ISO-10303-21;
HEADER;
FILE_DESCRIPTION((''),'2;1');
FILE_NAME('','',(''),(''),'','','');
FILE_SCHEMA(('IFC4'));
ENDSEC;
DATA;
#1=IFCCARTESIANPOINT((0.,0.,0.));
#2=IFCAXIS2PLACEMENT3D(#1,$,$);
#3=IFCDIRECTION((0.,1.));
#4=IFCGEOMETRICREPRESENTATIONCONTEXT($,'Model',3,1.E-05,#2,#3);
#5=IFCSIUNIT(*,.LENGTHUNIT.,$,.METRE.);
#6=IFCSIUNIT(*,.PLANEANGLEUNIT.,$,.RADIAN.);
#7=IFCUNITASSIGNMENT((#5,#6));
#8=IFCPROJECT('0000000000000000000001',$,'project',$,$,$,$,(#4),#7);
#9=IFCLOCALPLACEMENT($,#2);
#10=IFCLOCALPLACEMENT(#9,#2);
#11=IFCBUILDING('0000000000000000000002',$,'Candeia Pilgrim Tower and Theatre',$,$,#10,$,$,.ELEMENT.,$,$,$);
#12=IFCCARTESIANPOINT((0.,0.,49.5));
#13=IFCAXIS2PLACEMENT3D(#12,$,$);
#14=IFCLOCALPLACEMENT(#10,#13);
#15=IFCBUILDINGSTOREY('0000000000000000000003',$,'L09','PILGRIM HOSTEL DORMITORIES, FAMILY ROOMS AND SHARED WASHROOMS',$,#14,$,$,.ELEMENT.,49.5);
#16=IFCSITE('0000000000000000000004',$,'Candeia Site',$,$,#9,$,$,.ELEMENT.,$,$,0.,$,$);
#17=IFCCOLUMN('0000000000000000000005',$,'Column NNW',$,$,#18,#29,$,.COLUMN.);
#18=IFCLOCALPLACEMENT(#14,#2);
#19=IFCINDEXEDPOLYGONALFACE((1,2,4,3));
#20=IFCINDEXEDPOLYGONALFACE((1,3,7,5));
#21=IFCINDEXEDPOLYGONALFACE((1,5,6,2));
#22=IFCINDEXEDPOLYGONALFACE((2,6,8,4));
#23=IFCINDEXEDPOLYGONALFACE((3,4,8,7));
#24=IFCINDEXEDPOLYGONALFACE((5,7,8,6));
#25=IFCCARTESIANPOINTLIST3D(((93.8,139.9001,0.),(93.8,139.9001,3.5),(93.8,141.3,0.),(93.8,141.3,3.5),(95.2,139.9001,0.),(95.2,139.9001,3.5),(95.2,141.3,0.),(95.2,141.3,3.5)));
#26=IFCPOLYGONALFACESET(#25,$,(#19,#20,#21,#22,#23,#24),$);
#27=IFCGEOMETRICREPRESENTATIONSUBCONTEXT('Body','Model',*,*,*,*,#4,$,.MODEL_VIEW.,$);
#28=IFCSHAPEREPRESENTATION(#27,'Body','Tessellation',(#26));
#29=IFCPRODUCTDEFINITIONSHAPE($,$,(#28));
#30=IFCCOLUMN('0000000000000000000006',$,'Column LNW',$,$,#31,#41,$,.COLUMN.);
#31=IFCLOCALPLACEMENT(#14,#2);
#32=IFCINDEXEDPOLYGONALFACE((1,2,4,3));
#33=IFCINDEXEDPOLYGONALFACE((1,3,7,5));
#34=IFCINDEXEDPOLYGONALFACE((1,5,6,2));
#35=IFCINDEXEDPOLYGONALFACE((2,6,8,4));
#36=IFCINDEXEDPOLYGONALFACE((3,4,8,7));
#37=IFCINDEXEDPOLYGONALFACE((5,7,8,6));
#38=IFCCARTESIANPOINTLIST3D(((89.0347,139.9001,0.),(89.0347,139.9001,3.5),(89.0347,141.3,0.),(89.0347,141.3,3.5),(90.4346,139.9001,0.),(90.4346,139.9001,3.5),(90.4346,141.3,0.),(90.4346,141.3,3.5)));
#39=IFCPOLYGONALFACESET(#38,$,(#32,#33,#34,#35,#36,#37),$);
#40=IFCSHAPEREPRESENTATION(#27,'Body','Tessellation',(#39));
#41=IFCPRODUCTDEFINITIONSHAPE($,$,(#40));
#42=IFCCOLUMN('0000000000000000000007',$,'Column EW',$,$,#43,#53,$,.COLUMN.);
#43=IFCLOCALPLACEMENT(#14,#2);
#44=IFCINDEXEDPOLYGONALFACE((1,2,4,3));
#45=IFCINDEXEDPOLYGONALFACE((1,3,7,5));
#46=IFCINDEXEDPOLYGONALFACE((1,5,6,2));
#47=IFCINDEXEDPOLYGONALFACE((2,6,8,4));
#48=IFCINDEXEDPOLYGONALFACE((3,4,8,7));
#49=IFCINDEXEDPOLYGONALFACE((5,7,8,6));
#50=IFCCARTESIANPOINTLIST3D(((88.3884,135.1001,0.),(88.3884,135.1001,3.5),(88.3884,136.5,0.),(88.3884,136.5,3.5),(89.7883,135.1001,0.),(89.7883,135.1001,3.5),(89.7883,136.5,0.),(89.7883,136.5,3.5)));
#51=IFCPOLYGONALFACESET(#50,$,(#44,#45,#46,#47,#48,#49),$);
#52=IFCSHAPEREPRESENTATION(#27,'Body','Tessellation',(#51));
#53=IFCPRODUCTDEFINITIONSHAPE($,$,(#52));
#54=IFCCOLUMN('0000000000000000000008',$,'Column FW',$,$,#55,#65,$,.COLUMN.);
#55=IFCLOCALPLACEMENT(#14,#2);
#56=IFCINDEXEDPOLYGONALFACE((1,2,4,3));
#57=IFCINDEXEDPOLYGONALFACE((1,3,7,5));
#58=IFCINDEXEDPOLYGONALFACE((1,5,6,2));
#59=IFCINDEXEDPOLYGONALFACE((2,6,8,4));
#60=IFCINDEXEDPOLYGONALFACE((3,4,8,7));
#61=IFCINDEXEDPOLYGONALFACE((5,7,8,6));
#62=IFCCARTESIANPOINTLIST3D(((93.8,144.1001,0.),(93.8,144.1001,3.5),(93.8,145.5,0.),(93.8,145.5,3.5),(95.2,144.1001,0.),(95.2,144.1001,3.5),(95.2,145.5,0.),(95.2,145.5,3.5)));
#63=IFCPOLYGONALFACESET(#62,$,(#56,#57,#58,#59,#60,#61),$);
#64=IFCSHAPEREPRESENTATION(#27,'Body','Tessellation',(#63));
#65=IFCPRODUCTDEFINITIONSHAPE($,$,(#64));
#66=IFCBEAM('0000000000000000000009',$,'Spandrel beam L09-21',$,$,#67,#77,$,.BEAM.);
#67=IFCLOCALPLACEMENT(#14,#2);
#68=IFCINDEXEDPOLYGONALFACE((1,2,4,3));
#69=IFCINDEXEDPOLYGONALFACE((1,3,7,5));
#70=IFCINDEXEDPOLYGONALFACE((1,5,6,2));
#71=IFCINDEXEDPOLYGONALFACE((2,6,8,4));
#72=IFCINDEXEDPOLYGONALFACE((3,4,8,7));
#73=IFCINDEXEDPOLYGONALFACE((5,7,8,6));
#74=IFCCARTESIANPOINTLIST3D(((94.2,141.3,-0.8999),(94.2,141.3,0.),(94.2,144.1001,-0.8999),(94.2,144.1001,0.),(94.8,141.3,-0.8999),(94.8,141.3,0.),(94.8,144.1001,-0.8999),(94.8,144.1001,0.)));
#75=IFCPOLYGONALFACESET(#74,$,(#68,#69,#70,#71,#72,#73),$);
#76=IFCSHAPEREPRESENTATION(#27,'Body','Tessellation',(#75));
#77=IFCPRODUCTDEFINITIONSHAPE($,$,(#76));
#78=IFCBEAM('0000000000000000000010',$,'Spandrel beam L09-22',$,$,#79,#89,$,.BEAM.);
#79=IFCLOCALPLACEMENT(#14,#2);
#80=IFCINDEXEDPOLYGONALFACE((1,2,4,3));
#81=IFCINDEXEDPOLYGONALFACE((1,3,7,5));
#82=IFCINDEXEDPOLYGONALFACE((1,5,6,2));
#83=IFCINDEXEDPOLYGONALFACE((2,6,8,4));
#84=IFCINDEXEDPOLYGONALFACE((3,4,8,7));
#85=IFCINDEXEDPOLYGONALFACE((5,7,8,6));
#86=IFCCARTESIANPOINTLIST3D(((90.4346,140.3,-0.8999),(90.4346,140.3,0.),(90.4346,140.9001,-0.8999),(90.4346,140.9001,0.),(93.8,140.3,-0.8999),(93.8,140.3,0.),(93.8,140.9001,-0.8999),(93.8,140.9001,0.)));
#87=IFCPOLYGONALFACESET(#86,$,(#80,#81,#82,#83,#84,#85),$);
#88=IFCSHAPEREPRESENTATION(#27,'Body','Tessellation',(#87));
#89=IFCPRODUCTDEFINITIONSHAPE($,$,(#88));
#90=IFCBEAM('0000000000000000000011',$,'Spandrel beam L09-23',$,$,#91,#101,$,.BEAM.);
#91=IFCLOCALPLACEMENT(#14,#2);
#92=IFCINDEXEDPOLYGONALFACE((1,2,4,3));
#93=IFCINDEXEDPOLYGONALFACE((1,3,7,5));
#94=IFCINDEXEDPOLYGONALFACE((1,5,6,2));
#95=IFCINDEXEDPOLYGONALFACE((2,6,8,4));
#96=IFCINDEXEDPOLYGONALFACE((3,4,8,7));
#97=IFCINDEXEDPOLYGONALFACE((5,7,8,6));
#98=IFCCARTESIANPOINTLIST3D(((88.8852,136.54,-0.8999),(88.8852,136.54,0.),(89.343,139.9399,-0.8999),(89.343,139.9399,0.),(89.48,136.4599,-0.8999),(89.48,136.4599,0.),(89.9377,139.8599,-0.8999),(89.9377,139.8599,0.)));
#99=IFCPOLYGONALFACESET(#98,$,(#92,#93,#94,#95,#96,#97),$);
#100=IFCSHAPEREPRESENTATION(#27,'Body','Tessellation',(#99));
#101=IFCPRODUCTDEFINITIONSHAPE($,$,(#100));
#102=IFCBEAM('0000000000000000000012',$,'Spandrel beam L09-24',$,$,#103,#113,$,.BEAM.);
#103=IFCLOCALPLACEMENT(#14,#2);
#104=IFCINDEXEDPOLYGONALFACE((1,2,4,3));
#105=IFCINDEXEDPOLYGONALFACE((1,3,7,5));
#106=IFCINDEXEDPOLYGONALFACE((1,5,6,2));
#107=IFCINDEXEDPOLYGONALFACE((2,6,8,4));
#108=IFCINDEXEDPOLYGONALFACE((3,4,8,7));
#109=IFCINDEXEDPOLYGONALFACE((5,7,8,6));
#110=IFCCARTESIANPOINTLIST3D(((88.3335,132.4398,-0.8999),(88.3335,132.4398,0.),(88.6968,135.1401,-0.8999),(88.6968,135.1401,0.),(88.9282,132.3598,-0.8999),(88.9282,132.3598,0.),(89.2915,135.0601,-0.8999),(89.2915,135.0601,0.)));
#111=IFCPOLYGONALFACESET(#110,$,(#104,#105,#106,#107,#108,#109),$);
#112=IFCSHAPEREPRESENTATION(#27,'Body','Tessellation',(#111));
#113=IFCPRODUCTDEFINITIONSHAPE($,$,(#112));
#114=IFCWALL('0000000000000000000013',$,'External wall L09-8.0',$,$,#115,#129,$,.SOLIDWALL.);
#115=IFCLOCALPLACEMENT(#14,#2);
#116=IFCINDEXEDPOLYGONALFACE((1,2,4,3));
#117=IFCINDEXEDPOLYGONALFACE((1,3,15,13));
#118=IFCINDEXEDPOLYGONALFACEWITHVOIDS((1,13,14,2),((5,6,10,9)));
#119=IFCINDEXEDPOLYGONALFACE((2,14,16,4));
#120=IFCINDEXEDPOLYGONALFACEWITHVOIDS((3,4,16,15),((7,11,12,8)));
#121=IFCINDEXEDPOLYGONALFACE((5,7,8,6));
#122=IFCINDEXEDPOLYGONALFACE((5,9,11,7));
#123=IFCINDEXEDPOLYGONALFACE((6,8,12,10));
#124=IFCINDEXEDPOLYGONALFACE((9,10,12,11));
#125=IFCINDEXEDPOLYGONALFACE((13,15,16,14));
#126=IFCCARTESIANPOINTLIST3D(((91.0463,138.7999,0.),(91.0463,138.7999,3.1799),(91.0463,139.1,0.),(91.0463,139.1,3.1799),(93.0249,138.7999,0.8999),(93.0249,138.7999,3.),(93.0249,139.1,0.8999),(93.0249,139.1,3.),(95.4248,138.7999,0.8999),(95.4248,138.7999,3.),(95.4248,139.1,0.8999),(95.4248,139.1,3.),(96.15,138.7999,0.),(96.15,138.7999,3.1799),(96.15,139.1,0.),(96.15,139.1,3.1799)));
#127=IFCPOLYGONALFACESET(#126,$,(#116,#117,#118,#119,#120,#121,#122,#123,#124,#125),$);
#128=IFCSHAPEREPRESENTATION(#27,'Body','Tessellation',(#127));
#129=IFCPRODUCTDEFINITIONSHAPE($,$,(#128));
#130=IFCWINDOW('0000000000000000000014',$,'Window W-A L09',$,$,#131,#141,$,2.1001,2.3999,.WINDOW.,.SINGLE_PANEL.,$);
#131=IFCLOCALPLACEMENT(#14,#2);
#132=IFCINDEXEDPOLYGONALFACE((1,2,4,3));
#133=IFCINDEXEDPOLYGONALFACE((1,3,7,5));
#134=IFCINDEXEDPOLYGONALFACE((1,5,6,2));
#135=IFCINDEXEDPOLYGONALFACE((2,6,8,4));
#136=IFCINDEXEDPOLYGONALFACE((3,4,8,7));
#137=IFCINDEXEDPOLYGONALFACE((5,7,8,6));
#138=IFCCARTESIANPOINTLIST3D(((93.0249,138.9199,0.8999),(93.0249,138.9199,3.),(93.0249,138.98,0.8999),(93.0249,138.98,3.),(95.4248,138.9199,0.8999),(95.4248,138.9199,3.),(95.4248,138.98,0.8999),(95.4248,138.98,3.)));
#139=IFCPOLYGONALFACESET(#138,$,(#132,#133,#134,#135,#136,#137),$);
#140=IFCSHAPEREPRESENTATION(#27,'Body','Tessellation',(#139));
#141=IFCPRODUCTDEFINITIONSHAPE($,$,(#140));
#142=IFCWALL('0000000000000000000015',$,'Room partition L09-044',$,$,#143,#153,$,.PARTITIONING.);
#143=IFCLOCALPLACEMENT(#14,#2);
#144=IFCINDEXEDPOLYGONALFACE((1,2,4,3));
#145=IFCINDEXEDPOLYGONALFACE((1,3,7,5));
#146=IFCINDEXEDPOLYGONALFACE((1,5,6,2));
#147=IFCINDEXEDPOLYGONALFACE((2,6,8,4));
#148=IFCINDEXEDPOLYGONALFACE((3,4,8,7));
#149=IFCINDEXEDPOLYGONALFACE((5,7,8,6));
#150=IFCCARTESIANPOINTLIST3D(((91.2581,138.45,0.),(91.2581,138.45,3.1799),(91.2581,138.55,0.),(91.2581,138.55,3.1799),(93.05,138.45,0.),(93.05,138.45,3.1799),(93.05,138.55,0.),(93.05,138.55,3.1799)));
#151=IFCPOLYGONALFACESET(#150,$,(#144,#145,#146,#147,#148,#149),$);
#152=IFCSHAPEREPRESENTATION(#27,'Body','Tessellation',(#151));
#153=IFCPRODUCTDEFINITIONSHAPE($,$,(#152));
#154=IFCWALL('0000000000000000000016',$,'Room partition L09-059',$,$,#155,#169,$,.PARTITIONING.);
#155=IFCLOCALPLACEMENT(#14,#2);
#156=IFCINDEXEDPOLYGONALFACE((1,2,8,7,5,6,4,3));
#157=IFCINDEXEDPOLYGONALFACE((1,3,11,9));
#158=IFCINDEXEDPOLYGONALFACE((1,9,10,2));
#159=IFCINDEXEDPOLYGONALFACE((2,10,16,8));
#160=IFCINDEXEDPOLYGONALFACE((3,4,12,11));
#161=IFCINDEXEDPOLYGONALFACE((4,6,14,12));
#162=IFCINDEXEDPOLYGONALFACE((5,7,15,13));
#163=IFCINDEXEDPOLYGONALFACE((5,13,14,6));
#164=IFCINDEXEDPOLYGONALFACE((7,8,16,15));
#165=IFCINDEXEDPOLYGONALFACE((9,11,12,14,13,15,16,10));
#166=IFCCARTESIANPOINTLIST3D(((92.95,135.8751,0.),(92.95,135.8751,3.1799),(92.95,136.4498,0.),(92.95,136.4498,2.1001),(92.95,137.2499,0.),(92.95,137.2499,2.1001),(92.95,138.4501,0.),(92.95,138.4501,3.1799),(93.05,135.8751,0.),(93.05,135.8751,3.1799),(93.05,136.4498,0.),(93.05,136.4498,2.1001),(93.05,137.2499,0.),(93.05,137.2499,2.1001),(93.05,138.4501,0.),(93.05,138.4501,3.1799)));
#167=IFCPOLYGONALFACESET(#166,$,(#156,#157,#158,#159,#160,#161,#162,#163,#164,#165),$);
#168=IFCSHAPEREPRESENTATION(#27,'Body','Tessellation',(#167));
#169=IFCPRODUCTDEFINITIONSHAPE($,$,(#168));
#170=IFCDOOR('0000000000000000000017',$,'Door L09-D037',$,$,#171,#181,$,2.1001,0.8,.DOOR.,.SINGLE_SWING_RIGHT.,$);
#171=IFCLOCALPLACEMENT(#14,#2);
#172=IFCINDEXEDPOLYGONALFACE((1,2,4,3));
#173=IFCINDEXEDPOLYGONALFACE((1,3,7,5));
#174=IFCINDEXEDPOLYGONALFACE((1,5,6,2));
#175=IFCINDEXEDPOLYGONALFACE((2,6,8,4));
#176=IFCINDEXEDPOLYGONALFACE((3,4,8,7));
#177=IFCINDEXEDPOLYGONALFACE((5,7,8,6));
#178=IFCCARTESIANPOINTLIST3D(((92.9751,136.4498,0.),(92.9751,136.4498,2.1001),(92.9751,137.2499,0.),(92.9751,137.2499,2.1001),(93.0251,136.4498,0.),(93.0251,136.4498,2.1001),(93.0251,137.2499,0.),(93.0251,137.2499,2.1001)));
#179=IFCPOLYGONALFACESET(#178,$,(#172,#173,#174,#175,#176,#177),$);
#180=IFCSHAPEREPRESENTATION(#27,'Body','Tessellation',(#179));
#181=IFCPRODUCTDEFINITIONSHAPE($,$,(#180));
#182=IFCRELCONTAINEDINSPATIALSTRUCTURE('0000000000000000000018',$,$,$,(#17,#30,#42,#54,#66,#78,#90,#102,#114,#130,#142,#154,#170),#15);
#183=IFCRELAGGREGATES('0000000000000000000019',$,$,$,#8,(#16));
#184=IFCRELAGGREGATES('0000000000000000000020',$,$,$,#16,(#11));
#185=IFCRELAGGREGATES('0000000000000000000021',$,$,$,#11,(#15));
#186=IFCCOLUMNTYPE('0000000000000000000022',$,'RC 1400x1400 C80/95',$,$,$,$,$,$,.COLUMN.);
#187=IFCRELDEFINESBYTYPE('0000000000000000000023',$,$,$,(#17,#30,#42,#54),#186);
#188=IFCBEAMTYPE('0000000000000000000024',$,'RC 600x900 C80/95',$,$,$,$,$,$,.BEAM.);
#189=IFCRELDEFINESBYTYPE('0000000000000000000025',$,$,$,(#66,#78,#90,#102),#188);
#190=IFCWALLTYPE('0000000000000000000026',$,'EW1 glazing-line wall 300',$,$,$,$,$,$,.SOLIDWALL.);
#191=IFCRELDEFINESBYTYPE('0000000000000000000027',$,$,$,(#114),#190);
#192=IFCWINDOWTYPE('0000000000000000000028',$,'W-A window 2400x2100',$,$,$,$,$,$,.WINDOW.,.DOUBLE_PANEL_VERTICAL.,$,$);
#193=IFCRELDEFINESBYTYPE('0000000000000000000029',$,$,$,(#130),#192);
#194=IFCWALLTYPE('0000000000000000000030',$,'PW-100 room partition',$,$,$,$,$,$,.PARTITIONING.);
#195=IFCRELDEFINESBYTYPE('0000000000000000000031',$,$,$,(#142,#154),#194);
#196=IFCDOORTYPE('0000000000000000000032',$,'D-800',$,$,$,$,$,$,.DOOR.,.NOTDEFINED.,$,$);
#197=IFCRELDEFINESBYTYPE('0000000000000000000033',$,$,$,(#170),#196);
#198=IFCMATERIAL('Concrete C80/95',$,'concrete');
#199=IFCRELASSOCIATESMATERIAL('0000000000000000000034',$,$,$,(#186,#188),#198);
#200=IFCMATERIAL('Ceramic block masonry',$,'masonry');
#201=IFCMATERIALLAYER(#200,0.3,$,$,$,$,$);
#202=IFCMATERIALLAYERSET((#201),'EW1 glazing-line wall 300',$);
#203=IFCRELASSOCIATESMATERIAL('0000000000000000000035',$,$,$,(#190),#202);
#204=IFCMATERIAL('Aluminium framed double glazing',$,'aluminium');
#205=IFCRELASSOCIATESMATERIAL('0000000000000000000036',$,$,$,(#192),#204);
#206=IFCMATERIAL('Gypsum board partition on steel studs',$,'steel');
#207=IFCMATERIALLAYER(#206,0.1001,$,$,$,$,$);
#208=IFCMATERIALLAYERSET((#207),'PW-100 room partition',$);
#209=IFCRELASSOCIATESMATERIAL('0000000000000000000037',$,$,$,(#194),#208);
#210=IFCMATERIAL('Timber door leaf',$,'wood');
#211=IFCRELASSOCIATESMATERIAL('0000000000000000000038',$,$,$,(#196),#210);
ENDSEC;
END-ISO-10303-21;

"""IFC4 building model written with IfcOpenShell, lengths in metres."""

from ifc_helpers import new_model, si_unit, direction, frame, frame_2d, origin, origin_2d, place, context, subcontext, project, spatial, rectangle, extrude, material, layer, layer_set, material_profile, profile_set, type_object, element, fill, save


model = new_model("IFC4")

# Units and contexts
model_context = context("Model", 3, precision=1e-05, world=origin(), true_north=direction((0.0, 1.0)))
body_context = subcontext(model_context, "Body", "Model", "MODEL_VIEW")
ifc_project = project(units=[si_unit("LENGTHUNIT", "METRE"), si_unit("PLANEANGLEUNIT", "RADIAN")], contexts=[model_context])

# Site, building, storey
site_placement = place(None, origin())
site = spatial("IfcSite", under=ifc_project, at=site_placement, Name="Candeia Site", CompositionType="ELEMENT", RefElevation=0.0)
building_placement = place(site_placement, origin())
building = spatial("IfcBuilding", under=site, at=building_placement, Name="Candeia Pilgrim Tower and Theatre", CompositionType="ELEMENT")
storey_placement = place(building_placement, frame((0.0, 0.0, 49.5)))
storey = spatial("IfcBuildingStorey", under=building, at=storey_placement, Name="L09", Description="PILGRIM HOSTEL DORMITORIES, FAMILY ROOMS AND SHARED WASHROOMS", CompositionType="ELEMENT", Elevation=49.5)

# Columns
ifc_material_1 = material(Name="Concrete C80/95", Category="concrete")
ifc_material_profile_1 = material_profile(ifc_material_1, rectangle(XDim=1.3999, YDim=1.3999, at=origin_2d()))
ifc_profile_set_1 = profile_set([ifc_material_profile_1], Name="Concrete C80/95")
column_type = type_object("IfcColumnType", Name="RC 1400x1400 C80/95", PredefinedType="COLUMN", material=ifc_profile_set_1)
for number, where, z_axis, x_axis, name in (
    (1, (94.5, 140.6001, 0.0), (0.0, 0.0, 1.0), (1.0, 0.0, 0.0), "Column NNW"),
    (2, (89.7346, 140.6001, 0.0), (0.0, 0.0, 1.0), (1.0, 0.0, 0.0), "Column LNW"),
    (3, (89.0884, 135.8, 0.0), (0.0, 0.0, 1.0), (1.0, 0.0, 0.0), "Column EW"),
    (4, (94.5, 144.8, 0.0), (0.0, 0.0, 1.0), (1.0, 0.0, 0.0), "Column FW"),
):
    element("IfcColumn", number, at=place(storey_placement, frame(where, z_axis=z_axis, x_axis=x_axis)), inside=storey, type_object=column_type, Name=name, PredefinedType="COLUMN", context=body_context, shape_type="SweptSolid", body=[
        extrude(rectangle(XDim=1.3999, YDim=1.3999, at=origin_2d()), origin(), (0.0, 0.0, 1.0), 3.5),
    ])

# Beams
ifc_material_profile_2 = material_profile(ifc_material_1, rectangle(XDim=0.6001, YDim=0.8999, at=origin_2d()))
ifc_profile_set_2 = profile_set([ifc_material_profile_2], Name="Concrete C80/95")
beam_type = type_object("IfcBeamType", Name="RC 600x900 C80/95", PredefinedType="BEAM", material=ifc_profile_set_2)
beam_1_placement = place(storey_placement, frame((94.5, 144.1001, -0.45), z_axis=(0.0, -1.0, 0.0), x_axis=(1.0, 0.0, 0.0)))
element("IfcBeam", 5, at=beam_1_placement, inside=storey, type_object=beam_type, Name="Spandrel beam L09-21", PredefinedType="BEAM", context=body_context, shape_type="SweptSolid", body=[
    extrude(rectangle(XDim=0.6001, YDim=0.8999, at=origin_2d()), origin(), (0.0, 0.0, 1.0), 2.8),
])
beam_2_placement = place(storey_placement, frame((93.8, 140.6001, -0.45), z_axis=(-1.0, 0.0, 0.0), x_axis=(0.0, -1.0, 0.0)))
element("IfcBeam", 6, at=beam_2_placement, inside=storey, type_object=beam_type, Name="Spandrel beam L09-22", PredefinedType="BEAM", context=body_context, shape_type="SweptSolid", body=[
    extrude(rectangle(XDim=0.6001, YDim=0.8999, at=origin_2d()), origin(), (0.0, 0.0, 1.0), 3.3655),
])
beam_3_placement = place(storey_placement, frame((89.6404, 139.8999, -0.45), z_axis=(-0.133436, -0.991057, 0.0), x_axis=(0.991057, -0.133436, 0.0)))
element("IfcBeam", 7, at=beam_3_placement, inside=storey, type_object=beam_type, Name="Spandrel beam L09-23", PredefinedType="BEAM", context=body_context, shape_type="SweptSolid", body=[
    extrude(rectangle(XDim=0.6001, YDim=0.8999, at=origin_2d()), origin(), (0.0, 0.0, 1.0), 3.4307),
])
beam_4_placement = place(storey_placement, frame((88.9941, 135.1001, -0.45), z_axis=(-0.133338, -0.991071, 0.0), x_axis=(0.991071, -0.133338, 0.0)))
element("IfcBeam", 8, at=beam_4_placement, inside=storey, type_object=beam_type, Name="Spandrel beam L09-24", PredefinedType="BEAM", context=body_context, shape_type="SweptSolid", body=[
    extrude(rectangle(XDim=0.6001, YDim=0.8999, at=origin_2d()), origin(), (0.0, 0.0, 1.0), 2.7246),
])

# Wall, opening, window
ifc_material_2 = material(Name="Ceramic block masonry", Category="masonry")
ifc_layer_1 = layer(ifc_material_2, 0.3)
ifc_layer_set_1 = layer_set([ifc_layer_1], Name="EW1 glazing-line wall 300")
wall_type_1 = type_object("IfcWallType", Name="EW1 glazing-line wall 300", PredefinedType="SOLIDWALL", material=ifc_layer_set_1)
wall_1_placement = place(storey_placement, frame((96.1499, 138.95, 0.0), z_axis=(0.0, 0.0, 1.0), x_axis=(-1.0, 0.0, 0.0)))
wall_1 = element("IfcWall", 9, at=wall_1_placement, inside=storey, type_object=wall_type_1, Name="External wall L09-8.0", PredefinedType="SOLIDWALL", context=body_context, shape_type="SweptSolid", body=[
    extrude(rectangle(XDim=5.1038, YDim=0.3, at=frame_2d((2.5518, 0.0))), origin(), (0.0, 0.0, 1.0), 3.1799),
])
opening_1_placement = place(wall_1_placement, frame((0.7251, 0.0, 0.8999)))
opening_1 = element("IfcOpeningElement", 10, at=opening_1_placement, cuts=wall_1, PredefinedType="OPENING", context=body_context, shape_type="SweptSolid", body=[
    extrude(rectangle(XDim=2.3999, YDim=2.1001, at=frame_2d((1.2, 1.05))), frame((0.0, 0.1602, 0.0), z_axis=(0.0, -1.0, 0.0), x_axis=(1.0, 0.0, 0.0)), (0.0, 0.0, 1.0), 0.3201),
])
ifc_material_3 = material(Name="Aluminium framed double glazing", Category="aluminium")
window_type_1 = type_object("IfcWindowType", Name="W-A window 2400x2100", PartitioningType="DOUBLE_PANEL_VERTICAL", PredefinedType="WINDOW", material=ifc_material_3)
window_1_placement = place(opening_1_placement, origin())
window_1 = element("IfcWindow", 11, at=window_1_placement, inside=storey, type_object=window_type_1, Name="Window W-A L09", OverallHeight=2.1001, OverallWidth=2.3999, PartitioningType="SINGLE_PANEL", PredefinedType="WINDOW", context=body_context, shape_type="SweptSolid", body=[
    extrude(rectangle(XDim=2.3999, YDim=2.1001, at=frame_2d((1.2, 1.05))), frame((0.0, 0.03, 0.0), z_axis=(0.0, -1.0, 0.0), x_axis=(1.0, 0.0, 0.0)), (0.0, 0.0, 1.0), 0.0601),
])
fill(opening_1, window_1)

# Wall
ifc_material_4 = material(Name="Gypsum board partition on steel studs", Category="steel")
ifc_layer_2 = layer(ifc_material_4, 0.1001)
ifc_layer_set_2 = layer_set([ifc_layer_2], Name="PW-100 room partition")
wall_type_2 = type_object("IfcWallType", Name="PW-100 room partition", PredefinedType="PARTITIONING", material=ifc_layer_set_2)
wall_2_placement = place(storey_placement, frame((91.2581, 138.5, 0.0), z_axis=(0.0, 0.0, 1.0), x_axis=(1.0, 0.0, 0.0)))
element("IfcWall", 12, at=wall_2_placement, inside=storey, type_object=wall_type_2, Name="Room partition L09-044", PredefinedType="PARTITIONING", context=body_context, shape_type="SweptSolid", body=[
    extrude(rectangle(XDim=1.792, YDim=0.1001, at=frame_2d((0.896, 0.0))), origin(), (0.0, 0.0, 1.0), 3.1799),
])

# Wall, opening, door
wall_3_placement = place(storey_placement, frame((93.0, 135.875, 0.0), z_axis=(0.0, 0.0, 1.0), x_axis=(0.0, 1.0, 0.0)))
wall_3 = element("IfcWall", 13, at=wall_3_placement, inside=storey, type_object=wall_type_2, Name="Room partition L09-059", PredefinedType="PARTITIONING", context=body_context, shape_type="SweptSolid", body=[
    extrude(rectangle(XDim=2.575, YDim=0.1001, at=frame_2d((1.2876, 0.0))), origin(), (0.0, 0.0, 1.0), 3.1799),
])
opening_2_placement = place(wall_3_placement, frame((0.575, 0.0, 0.0)))
opening_2 = element("IfcOpeningElement", 14, at=opening_2_placement, cuts=wall_3, PredefinedType="OPENING", context=body_context, shape_type="SweptSolid", body=[
    extrude(rectangle(XDim=0.8, YDim=2.1001, at=frame_2d((0.3999, 1.05))), frame((0.0, 0.0601, 0.0), z_axis=(0.0, -1.0, 0.0), x_axis=(1.0, 0.0, 0.0)), (0.0, 0.0, 1.0), 0.1201),
])
ifc_material_5 = material(Name="Timber door leaf", Category="wood")
door_type_1 = type_object("IfcDoorType", Name="D-800", OperationType="NOTDEFINED", PredefinedType="DOOR", material=ifc_material_5)
door_1_placement = place(opening_2_placement, origin())
door_1 = element("IfcDoor", 15, at=door_1_placement, inside=storey, type_object=door_type_1, Name="Door L09-D037", OperationType="SINGLE_SWING_RIGHT", OverallHeight=2.1001, OverallWidth=0.8, PredefinedType="DOOR", context=body_context, shape_type="SweptSolid", body=[
    extrude(rectangle(XDim=0.8, YDim=2.1001, at=frame_2d((0.3999, 1.05))), frame((0.0, 0.0249, 0.0), z_axis=(0.0, -1.0, 0.0), x_axis=(1.0, 0.0, 0.0)), (0.0, 0.0, 1.0), 0.05),
])
fill(opening_2, door_1)

save(model, "model.ifc")
